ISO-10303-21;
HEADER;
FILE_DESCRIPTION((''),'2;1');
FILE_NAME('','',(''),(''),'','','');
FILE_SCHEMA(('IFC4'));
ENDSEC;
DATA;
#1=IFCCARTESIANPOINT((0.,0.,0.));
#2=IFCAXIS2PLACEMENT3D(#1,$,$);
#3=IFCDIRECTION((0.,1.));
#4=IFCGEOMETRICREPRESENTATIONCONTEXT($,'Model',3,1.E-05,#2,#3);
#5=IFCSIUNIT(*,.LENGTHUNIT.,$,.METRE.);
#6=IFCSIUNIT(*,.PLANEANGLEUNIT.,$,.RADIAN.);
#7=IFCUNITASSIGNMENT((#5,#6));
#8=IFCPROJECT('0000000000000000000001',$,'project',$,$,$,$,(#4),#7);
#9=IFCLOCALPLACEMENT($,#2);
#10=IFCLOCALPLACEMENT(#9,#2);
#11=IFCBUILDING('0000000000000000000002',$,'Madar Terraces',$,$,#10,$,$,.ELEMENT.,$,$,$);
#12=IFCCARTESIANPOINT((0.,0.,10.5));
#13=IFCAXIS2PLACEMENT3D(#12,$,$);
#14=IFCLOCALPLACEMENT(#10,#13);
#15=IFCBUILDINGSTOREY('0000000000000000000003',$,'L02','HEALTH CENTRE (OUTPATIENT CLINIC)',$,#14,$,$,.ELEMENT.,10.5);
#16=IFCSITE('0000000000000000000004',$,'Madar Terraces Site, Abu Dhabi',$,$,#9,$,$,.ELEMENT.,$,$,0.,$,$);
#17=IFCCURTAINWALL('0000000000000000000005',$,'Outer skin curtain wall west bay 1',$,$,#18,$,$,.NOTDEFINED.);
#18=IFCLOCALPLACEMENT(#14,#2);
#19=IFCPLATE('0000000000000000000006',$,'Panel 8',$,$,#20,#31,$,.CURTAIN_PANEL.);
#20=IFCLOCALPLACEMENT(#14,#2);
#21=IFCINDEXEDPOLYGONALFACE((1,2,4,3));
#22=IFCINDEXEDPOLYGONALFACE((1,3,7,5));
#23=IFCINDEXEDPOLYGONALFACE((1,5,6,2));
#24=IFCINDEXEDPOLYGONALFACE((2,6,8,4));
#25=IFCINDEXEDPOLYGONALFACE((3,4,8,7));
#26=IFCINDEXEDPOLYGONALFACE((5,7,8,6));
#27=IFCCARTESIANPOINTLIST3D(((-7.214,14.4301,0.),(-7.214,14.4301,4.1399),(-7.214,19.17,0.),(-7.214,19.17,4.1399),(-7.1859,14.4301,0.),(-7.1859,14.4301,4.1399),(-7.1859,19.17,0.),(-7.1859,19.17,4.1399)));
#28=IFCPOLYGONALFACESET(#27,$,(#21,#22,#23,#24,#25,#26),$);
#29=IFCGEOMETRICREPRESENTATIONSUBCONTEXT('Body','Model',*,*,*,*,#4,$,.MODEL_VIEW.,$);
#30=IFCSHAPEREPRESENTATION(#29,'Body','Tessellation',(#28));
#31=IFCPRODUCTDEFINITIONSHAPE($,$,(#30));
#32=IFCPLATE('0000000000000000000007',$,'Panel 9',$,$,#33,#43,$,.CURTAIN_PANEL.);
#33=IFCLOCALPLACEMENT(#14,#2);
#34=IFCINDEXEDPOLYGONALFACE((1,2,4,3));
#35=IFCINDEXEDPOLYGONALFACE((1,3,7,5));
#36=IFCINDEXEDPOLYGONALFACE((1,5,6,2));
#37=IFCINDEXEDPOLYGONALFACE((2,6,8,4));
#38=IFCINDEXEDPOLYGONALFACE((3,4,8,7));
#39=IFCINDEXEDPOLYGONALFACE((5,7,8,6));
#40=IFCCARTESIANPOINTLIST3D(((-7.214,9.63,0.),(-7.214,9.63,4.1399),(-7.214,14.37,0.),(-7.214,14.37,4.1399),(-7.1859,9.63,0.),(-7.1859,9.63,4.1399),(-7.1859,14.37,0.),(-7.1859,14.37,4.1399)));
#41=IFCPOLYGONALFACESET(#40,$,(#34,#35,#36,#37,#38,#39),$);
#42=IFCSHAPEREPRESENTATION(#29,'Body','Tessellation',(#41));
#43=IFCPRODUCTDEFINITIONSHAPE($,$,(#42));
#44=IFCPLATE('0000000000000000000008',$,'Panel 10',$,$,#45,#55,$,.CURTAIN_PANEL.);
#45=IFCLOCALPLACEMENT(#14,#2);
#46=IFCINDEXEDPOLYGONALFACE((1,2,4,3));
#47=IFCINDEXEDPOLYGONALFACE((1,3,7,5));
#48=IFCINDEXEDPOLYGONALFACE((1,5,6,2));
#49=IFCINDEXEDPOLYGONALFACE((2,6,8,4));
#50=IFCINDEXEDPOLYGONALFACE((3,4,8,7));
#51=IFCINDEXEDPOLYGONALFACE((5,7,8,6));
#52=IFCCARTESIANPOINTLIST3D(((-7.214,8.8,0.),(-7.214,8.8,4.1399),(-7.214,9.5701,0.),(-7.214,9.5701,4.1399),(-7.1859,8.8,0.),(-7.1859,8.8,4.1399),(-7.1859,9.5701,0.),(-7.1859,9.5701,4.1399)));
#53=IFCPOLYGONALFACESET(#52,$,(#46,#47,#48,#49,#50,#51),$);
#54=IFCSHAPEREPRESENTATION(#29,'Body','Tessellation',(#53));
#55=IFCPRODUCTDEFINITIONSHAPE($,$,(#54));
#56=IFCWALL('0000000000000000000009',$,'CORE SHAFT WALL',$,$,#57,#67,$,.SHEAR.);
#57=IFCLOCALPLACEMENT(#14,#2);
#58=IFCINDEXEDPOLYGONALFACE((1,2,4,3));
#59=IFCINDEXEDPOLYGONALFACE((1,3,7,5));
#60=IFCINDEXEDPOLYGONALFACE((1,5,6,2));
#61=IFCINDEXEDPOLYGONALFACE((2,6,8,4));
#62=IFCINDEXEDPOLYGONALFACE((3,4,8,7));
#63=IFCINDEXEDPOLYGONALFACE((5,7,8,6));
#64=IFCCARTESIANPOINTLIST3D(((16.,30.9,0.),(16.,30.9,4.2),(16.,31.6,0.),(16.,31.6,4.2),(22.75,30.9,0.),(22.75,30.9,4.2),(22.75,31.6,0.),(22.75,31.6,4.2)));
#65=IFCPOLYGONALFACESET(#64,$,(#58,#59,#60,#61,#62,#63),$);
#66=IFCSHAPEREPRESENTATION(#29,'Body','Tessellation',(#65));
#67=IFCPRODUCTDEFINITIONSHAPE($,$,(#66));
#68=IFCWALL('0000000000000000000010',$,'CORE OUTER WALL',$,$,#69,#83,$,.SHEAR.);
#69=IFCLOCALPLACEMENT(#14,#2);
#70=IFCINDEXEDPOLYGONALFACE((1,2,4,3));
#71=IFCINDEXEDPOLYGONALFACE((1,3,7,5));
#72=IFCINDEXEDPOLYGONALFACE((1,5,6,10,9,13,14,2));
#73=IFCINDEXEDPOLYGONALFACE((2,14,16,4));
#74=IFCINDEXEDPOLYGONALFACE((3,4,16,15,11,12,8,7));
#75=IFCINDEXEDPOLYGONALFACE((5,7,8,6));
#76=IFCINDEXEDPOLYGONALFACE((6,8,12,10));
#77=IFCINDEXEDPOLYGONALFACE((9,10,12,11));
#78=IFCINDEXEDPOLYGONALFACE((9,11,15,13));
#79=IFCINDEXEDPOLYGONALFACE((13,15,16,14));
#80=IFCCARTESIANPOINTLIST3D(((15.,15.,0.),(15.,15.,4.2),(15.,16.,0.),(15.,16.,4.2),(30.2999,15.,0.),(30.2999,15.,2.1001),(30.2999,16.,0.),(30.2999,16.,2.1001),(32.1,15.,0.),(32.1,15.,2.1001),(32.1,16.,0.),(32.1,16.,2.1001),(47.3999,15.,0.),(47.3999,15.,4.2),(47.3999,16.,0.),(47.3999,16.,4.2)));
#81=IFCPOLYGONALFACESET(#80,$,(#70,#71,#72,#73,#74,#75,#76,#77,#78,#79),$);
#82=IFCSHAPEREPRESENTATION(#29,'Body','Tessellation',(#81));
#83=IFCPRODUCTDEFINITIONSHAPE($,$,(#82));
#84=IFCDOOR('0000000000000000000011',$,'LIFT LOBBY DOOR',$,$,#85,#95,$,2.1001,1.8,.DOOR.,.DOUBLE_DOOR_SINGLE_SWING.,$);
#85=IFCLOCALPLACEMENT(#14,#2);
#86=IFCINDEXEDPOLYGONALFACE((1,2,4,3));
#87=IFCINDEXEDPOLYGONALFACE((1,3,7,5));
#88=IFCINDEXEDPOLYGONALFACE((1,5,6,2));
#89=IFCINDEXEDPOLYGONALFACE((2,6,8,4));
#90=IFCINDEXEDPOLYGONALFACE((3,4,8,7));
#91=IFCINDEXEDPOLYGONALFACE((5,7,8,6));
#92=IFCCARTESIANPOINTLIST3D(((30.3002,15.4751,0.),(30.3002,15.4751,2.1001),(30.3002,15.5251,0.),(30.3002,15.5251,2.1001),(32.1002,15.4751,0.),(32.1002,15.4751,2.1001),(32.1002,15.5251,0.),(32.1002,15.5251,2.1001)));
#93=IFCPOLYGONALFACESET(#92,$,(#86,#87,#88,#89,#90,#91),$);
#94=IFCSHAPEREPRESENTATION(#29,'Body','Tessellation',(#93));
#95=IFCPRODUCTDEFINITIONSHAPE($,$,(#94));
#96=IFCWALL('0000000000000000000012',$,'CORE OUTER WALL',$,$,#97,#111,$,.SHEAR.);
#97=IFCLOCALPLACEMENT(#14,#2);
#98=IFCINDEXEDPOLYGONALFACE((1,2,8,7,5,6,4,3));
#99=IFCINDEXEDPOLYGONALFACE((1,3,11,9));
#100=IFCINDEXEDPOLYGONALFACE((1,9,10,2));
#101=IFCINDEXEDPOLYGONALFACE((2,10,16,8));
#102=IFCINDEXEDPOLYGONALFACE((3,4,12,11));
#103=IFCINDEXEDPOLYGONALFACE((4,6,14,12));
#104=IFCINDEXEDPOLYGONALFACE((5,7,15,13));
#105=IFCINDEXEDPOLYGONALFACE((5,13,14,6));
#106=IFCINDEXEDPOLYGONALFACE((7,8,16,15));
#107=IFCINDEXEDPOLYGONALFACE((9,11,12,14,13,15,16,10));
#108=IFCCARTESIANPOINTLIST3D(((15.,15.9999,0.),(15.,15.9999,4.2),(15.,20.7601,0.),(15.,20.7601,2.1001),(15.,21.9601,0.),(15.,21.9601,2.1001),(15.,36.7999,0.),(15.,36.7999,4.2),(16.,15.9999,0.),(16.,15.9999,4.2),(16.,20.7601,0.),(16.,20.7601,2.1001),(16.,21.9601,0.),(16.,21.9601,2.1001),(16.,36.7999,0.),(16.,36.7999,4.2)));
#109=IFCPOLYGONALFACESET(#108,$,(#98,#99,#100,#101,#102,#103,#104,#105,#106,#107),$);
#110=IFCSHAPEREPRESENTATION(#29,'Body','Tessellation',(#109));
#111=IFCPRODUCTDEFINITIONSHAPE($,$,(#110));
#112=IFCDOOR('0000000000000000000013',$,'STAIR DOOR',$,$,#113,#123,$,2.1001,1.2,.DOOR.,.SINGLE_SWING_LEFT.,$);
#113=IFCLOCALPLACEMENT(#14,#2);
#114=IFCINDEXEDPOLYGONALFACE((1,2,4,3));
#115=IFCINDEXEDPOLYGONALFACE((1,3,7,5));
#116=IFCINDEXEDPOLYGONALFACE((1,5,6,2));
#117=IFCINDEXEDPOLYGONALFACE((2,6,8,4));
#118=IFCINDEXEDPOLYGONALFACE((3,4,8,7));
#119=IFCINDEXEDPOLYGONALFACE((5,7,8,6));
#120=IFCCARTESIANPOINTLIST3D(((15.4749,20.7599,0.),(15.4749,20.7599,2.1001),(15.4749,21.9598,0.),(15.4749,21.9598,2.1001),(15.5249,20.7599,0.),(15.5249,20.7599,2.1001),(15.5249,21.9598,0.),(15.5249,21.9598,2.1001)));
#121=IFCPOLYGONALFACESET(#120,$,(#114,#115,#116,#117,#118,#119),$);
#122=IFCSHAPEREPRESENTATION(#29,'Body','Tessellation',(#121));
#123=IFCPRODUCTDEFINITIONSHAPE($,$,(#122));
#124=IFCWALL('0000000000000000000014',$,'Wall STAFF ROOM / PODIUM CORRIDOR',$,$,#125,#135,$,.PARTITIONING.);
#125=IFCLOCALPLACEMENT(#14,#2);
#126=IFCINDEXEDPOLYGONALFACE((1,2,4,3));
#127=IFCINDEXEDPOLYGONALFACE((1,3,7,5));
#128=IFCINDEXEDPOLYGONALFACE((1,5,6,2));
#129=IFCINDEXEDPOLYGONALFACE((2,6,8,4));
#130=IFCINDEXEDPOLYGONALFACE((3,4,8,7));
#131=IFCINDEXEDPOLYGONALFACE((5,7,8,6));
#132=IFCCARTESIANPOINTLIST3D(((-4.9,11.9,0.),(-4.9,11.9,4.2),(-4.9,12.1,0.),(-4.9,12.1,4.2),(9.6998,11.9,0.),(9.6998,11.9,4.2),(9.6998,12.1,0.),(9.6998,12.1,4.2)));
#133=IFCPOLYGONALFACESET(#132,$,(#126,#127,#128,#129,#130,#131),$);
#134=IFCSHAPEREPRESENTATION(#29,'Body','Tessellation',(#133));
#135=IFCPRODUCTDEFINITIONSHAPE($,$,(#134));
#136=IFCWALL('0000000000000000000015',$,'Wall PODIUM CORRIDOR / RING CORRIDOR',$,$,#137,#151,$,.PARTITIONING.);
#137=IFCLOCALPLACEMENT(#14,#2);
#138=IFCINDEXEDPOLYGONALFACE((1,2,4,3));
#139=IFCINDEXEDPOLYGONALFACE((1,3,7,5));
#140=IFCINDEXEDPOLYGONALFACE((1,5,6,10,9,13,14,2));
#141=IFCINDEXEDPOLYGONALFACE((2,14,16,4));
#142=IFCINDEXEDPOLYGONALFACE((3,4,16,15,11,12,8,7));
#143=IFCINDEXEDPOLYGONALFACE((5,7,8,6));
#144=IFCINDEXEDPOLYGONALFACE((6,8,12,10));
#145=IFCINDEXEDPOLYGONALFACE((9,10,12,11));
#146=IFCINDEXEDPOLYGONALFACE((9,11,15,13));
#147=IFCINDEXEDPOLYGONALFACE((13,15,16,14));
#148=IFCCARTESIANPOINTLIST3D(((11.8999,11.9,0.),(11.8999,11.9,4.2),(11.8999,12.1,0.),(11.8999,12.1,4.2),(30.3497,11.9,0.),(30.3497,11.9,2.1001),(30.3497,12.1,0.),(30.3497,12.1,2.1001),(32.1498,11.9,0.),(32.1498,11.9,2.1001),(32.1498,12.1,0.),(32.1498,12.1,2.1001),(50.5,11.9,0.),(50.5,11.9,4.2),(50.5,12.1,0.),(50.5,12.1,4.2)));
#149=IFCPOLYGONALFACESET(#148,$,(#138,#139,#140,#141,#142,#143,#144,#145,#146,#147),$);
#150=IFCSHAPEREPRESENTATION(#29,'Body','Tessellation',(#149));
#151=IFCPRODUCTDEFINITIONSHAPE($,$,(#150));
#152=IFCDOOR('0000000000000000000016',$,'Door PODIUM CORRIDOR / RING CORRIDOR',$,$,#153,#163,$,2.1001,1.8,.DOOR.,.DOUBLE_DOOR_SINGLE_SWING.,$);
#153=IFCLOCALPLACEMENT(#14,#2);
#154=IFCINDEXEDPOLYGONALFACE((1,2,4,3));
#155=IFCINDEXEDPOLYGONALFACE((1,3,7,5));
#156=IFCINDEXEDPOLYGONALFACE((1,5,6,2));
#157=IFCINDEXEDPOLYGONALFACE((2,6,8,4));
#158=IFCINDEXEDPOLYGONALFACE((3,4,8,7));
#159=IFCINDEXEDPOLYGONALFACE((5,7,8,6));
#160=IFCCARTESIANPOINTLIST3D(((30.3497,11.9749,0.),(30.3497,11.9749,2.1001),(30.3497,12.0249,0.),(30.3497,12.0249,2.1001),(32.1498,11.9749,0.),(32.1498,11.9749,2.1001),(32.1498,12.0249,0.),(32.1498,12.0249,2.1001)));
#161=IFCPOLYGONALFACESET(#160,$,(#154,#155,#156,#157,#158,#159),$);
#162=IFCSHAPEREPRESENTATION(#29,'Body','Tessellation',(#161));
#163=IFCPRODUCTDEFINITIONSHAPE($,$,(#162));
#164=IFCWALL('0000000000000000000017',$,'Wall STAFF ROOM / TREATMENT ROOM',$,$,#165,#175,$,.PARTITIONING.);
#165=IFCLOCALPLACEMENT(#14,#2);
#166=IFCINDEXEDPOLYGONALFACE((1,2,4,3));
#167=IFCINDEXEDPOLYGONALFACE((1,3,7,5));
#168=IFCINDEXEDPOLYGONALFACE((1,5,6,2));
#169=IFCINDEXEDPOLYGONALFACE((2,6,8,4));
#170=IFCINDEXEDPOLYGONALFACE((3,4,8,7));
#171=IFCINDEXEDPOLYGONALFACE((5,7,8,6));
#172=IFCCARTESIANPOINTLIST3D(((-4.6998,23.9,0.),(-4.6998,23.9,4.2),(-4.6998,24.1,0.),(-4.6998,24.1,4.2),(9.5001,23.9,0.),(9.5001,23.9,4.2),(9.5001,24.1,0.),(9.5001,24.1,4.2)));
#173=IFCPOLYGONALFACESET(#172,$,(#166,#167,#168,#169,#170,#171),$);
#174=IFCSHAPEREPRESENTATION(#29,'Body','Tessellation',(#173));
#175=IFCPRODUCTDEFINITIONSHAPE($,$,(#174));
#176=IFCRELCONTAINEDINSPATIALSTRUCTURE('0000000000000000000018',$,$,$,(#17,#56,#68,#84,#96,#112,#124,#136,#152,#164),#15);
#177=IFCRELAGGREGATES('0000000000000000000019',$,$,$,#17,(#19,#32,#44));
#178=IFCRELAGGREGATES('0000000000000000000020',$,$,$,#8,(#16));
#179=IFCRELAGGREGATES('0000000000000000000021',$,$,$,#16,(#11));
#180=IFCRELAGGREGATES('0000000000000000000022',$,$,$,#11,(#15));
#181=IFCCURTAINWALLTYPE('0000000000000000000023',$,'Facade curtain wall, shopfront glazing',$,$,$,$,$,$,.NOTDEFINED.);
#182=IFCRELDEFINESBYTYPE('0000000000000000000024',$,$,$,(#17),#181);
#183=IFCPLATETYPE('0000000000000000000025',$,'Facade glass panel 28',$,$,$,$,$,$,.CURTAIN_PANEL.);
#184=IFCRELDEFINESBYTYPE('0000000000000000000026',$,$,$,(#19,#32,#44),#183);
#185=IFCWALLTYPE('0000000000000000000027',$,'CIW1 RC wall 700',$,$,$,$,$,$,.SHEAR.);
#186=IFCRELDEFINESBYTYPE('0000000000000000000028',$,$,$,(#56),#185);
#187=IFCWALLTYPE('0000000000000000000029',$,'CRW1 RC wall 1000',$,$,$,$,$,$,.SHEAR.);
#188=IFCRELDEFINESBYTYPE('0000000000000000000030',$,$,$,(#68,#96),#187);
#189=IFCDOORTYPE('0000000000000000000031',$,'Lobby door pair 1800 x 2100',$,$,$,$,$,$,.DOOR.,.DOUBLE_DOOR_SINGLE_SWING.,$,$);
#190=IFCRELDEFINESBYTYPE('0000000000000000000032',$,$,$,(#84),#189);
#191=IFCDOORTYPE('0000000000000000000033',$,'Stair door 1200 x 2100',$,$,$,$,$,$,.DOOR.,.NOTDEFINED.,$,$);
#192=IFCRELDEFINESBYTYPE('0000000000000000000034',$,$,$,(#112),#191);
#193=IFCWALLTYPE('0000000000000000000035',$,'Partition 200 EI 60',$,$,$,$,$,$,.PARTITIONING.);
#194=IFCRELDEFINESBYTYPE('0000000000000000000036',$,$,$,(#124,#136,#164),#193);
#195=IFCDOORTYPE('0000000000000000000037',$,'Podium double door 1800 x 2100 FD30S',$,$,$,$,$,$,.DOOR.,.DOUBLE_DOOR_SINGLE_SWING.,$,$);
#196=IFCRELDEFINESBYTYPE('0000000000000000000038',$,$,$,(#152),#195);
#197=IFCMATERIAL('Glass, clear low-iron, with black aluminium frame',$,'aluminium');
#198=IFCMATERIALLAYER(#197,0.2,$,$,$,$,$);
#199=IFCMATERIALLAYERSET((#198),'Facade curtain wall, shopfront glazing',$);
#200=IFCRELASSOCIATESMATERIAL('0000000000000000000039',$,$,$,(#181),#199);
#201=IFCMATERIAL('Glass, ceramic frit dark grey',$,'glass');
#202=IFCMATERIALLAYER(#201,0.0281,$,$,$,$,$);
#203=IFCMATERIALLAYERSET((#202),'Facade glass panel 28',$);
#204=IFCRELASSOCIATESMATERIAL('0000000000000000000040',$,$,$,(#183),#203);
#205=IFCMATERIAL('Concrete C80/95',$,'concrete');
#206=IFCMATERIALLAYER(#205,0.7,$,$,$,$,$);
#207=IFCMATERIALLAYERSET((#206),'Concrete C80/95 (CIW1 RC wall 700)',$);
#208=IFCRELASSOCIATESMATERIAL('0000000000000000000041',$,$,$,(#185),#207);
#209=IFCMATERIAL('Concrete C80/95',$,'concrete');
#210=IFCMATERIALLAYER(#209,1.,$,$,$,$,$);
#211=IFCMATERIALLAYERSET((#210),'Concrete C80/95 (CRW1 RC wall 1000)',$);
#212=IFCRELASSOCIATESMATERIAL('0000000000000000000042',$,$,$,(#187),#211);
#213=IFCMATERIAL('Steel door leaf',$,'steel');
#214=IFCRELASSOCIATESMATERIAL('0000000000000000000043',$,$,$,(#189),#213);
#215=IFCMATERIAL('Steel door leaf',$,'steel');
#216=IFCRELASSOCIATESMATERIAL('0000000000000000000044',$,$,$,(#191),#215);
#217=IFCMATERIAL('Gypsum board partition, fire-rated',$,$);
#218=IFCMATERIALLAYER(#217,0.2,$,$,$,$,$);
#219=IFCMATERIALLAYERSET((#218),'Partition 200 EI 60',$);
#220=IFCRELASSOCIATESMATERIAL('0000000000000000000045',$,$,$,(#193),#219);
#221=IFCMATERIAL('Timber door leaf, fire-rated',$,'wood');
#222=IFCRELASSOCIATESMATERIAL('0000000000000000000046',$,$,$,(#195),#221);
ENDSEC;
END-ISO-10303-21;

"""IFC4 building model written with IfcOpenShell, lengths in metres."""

from ifc_helpers import new_model, si_unit, direction, frame, frame_2d, origin, origin_2d, place, context, subcontext, project, spatial, rectangle, extrude, material, layer, layer_set, type_object, element, fill, aggregate, save


model = new_model("IFC4")

# Units and contexts
model_context = context("Model", 3, precision=1e-05, world=origin(), true_north=direction((0.0, 1.0)))
body_context = subcontext(model_context, "Body", "Model", "MODEL_VIEW")
ifc_project = project(units=[si_unit("LENGTHUNIT", "METRE"), si_unit("PLANEANGLEUNIT", "RADIAN")], contexts=[model_context])

# Site, building, storey
site_placement = place(None, origin())
site = spatial("IfcSite", under=ifc_project, at=site_placement, Name="Madar Terraces Site, Abu Dhabi", CompositionType="ELEMENT", RefElevation=0.0)
building_placement = place(site_placement, origin())
building = spatial("IfcBuilding", under=site, at=building_placement, Name="Madar Terraces", CompositionType="ELEMENT")
storey_placement = place(building_placement, frame((0.0, 0.0, 10.5)))
storey = spatial("IfcBuildingStorey", under=building, at=storey_placement, Name="L02", Description="HEALTH CENTRE (OUTPATIENT CLINIC)", CompositionType="ELEMENT", Elevation=10.5)

# Curtain wall, plates
ifc_material_1 = material(Name="Glass, clear low-iron, with black aluminium frame", Category="aluminium")
ifc_layer_1 = layer(ifc_material_1, 0.2)
ifc_layer_set_1 = layer_set([ifc_layer_1], Name="Facade curtain wall, shopfront glazing")
curtain_wall_type = type_object("IfcCurtainWallType", Name="Facade curtain wall, shopfront glazing", PredefinedType="NOTDEFINED", material=ifc_layer_set_1)
curtain_wall_placement = place(storey_placement, origin())
curtain_wall = element("IfcCurtainWall", 1, at=curtain_wall_placement, inside=storey, type_object=curtain_wall_type, Name="Outer skin curtain wall west bay 1", PredefinedType="NOTDEFINED")
ifc_material_2 = material(Name="Glass, ceramic frit dark grey", Category="glass")
ifc_layer_2 = layer(ifc_material_2, 0.0281)
ifc_layer_set_2 = layer_set([ifc_layer_2], Name="Facade glass panel 28")
plate_type = type_object("IfcPlateType", Name="Facade glass panel 28", PredefinedType="CURTAIN_PANEL", material=ifc_layer_set_2)
plate_1_placement = place(storey_placement, frame((-7.2, 16.8, 0.0), z_axis=(0.0, 0.0, 1.0), x_axis=(0.0, -1.0, 0.0)))
plate_1 = element("IfcPlate", 2, at=plate_1_placement, type_object=plate_type, Name="Panel 8", PredefinedType="CURTAIN_PANEL", context=body_context, shape_type="SweptSolid", body=[
    extrude(rectangle(XDim=4.74, YDim=0.0281, at=origin_2d()), origin(), (0.0, 0.0, 1.0), 4.1399),
])
plate_2_placement = place(storey_placement, frame((-7.2, 12.0, 0.0), z_axis=(0.0, 0.0, 1.0), x_axis=(0.0, -1.0, 0.0)))
plate_2 = element("IfcPlate", 3, at=plate_2_placement, type_object=plate_type, Name="Panel 9", PredefinedType="CURTAIN_PANEL", context=body_context, shape_type="SweptSolid", body=[
    extrude(rectangle(XDim=4.74, YDim=0.0281, at=origin_2d()), origin(), (0.0, 0.0, 1.0), 4.1399),
])
plate_3_placement = place(storey_placement, frame((-7.2, 9.1851, 0.0), z_axis=(0.0, 0.0, 1.0), x_axis=(0.0, -1.0, 0.0)))
plate_3 = element("IfcPlate", 4, at=plate_3_placement, type_object=plate_type, Name="Panel 10", PredefinedType="CURTAIN_PANEL", context=body_context, shape_type="SweptSolid", body=[
    extrude(rectangle(XDim=0.77, YDim=0.0281, at=origin_2d()), origin(), (0.0, 0.0, 1.0), 4.1399),
])
aggregate(curtain_wall, [plate_1, plate_2, plate_3])

# Wall
ifc_material_3 = material(Name="Concrete C80/95", Category="concrete")
ifc_layer_3 = layer(ifc_material_3, 0.7)
ifc_layer_set_3 = layer_set([ifc_layer_3], Name="Concrete C80/95 (CIW1 RC wall 700)")
wall_type_1 = type_object("IfcWallType", Name="CIW1 RC wall 700", PredefinedType="SHEAR", material=ifc_layer_set_3)
wall_1_placement = place(storey_placement, frame((16.0, 31.25, 0.0), z_axis=(0.0, 0.0, 1.0), x_axis=(1.0, 0.0, 0.0)))
element("IfcWall", 5, at=wall_1_placement, inside=storey, type_object=wall_type_1, Name="CORE SHAFT WALL", PredefinedType="SHEAR", context=body_context, shape_type="SweptSolid", body=[
    extrude(rectangle(XDim=6.75, YDim=0.7, at=frame_2d((3.375, 0.0))), origin(), (0.0, 0.0, 1.0), 4.2),
])

# Walls, openings, doors
ifc_material_4 = material(Name="Concrete C80/95", Category="concrete")
ifc_layer_4 = layer(ifc_material_4, 1.0)
ifc_layer_set_4 = layer_set([ifc_layer_4], Name="Concrete C80/95 (CRW1 RC wall 1000)")
wall_type_2 = type_object("IfcWallType", Name="CRW1 RC wall 1000", PredefinedType="SHEAR", material=ifc_layer_set_4)
wall_2_placement = place(storey_placement, frame((15.0, 15.5, 0.0), z_axis=(0.0, 0.0, 1.0), x_axis=(1.0, 0.0, 0.0)))
wall_2 = element("IfcWall", 6, at=wall_2_placement, inside=storey, type_object=wall_type_2, Name="CORE OUTER WALL", PredefinedType="SHEAR", context=body_context, shape_type="SweptSolid", body=[
    extrude(rectangle(XDim=32.3999, YDim=1.0, at=frame_2d((16.2, 0.0))), origin(), (0.0, 0.0, 1.0), 4.2),
])
opening_1_placement = place(wall_2_placement, frame((15.3, 0.0, 0.0)))
opening_1 = element("IfcOpeningElement", 7, at=opening_1_placement, cuts=wall_2, PredefinedType="OPENING", context=body_context, shape_type="SweptSolid", body=[
    extrude(rectangle(XDim=1.8, YDim=2.1001, at=frame_2d((0.8999, 1.05))), frame((0.0, 0.51, 0.0), z_axis=(0.0, -1.0, 0.0), x_axis=(1.0, 0.0, 0.0)), (0.0, 0.0, 1.0), 1.02),
])
ifc_material_5 = material(Name="Steel door leaf", Category="steel")
door_type_1 = type_object("IfcDoorType", Name="Lobby door pair 1800 x 2100", OperationType="DOUBLE_DOOR_SINGLE_SWING", PredefinedType="DOOR", material=ifc_material_5)
door_1_placement = place(opening_1_placement, frame((1.8, 0.0, 0.0), z_axis=(0.0, 0.0, 1.0), x_axis=(-1.0, 0.0, 0.0)))
door_1 = element("IfcDoor", 8, at=door_1_placement, inside=storey, type_object=door_type_1, Name="LIFT LOBBY DOOR", OperationType="DOUBLE_DOOR_SINGLE_SWING", OverallHeight=2.1001, OverallWidth=1.8, PredefinedType="DOOR", context=body_context, shape_type="SweptSolid", body=[
    extrude(rectangle(XDim=1.8, YDim=2.1001, at=frame_2d((0.8999, 1.05))), frame((0.0, 0.0249, 0.0), z_axis=(0.0, -1.0, 0.0), x_axis=(1.0, 0.0, 0.0)), (0.0, 0.0, 1.0), 0.05),
])
fill(opening_1, door_1)
wall_3_placement = place(storey_placement, frame((15.5, 16.0, 0.0), z_axis=(0.0, 0.0, 1.0), x_axis=(0.0, 1.0, 0.0)))
wall_3 = element("IfcWall", 9, at=wall_3_placement, inside=storey, type_object=wall_type_2, Name="CORE OUTER WALL", PredefinedType="SHEAR", context=body_context, shape_type="SweptSolid", body=[
    extrude(rectangle(XDim=20.8, YDim=1.0, at=frame_2d((10.3999, 0.0))), origin(), (0.0, 0.0, 1.0), 4.2),
])
opening_2_placement = place(wall_3_placement, frame((4.76, 0.0, 0.0)))
opening_2 = element("IfcOpeningElement", 10, at=opening_2_placement, cuts=wall_3, PredefinedType="OPENING", context=body_context, shape_type="SweptSolid", body=[
    extrude(rectangle(XDim=1.2, YDim=2.1001, at=frame_2d((0.6001, 1.05))), frame((0.0, 0.51, 0.0), z_axis=(0.0, -1.0, 0.0), x_axis=(1.0, 0.0, 0.0)), (0.0, 0.0, 1.0), 1.02),
])
ifc_material_6 = material(Name="Steel door leaf", Category="steel")
door_type_2 = type_object("IfcDoorType", Name="Stair door 1200 x 2100", OperationType="NOTDEFINED", PredefinedType="DOOR", material=ifc_material_6)
door_2_placement = place(opening_2_placement, frame((1.2, 0.0, 0.0), z_axis=(0.0, 0.0, 1.0), x_axis=(-1.0, 0.0, 0.0)))
door_2 = element("IfcDoor", 11, at=door_2_placement, inside=storey, type_object=door_type_2, Name="STAIR DOOR", OperationType="SINGLE_SWING_LEFT", OverallHeight=2.1001, OverallWidth=1.2, PredefinedType="DOOR", context=body_context, shape_type="SweptSolid", body=[
    extrude(rectangle(XDim=1.2, YDim=2.1001, at=frame_2d((0.6001, 1.05))), frame((0.0, 0.0249, 0.0), z_axis=(0.0, -1.0, 0.0), x_axis=(1.0, 0.0, 0.0)), (0.0, 0.0, 1.0), 0.05),
])
fill(opening_2, door_2)

# Wall
ifc_material_7 = material(Name="Gypsum board partition, fire-rated")
ifc_layer_5 = layer(ifc_material_7, 0.2)
ifc_layer_set_5 = layer_set([ifc_layer_5], Name="Partition 200 EI 60")
wall_type_3 = type_object("IfcWallType", Name="Partition 200 EI 60", PredefinedType="PARTITIONING", material=ifc_layer_set_5)
wall_4_placement = place(storey_placement, frame((-4.8999, 12.0, 0.0), z_axis=(0.0, 0.0, 1.0), x_axis=(1.0, 0.0, 0.0)))
element("IfcWall", 12, at=wall_4_placement, inside=storey, type_object=wall_type_3, Name="Wall STAFF ROOM / PODIUM CORRIDOR", PredefinedType="PARTITIONING", context=body_context, shape_type="SweptSolid", body=[
    extrude(rectangle(XDim=14.5999, YDim=0.2, at=frame_2d((7.2998, 0.0))), origin(), (0.0, 0.0, 1.0), 4.2),
])

# Wall, opening, door
wall_5_placement = place(storey_placement, frame((11.8999, 12.0, 0.0), z_axis=(0.0, 0.0, 1.0), x_axis=(1.0, 0.0, 0.0)))
wall_5 = element("IfcWall", 13, at=wall_5_placement, inside=storey, type_object=wall_type_3, Name="Wall PODIUM CORRIDOR / RING CORRIDOR", PredefinedType="PARTITIONING", context=body_context, shape_type="SweptSolid", body=[
    extrude(rectangle(XDim=38.6001, YDim=0.2, at=frame_2d((19.3, 0.0))), origin(), (0.0, 0.0, 1.0), 4.2),
])
opening_3_placement = place(wall_5_placement, frame((18.45, 0.0, 0.0)))
opening_3 = element("IfcOpeningElement", 14, at=opening_3_placement, cuts=wall_5, PredefinedType="OPENING", context=body_context, shape_type="SweptSolid", body=[
    extrude(rectangle(XDim=1.8, YDim=2.1001, at=frame_2d((0.8999, 1.05))), frame((0.0, 0.1099, 0.0), z_axis=(0.0, -1.0, 0.0), x_axis=(1.0, 0.0, 0.0)), (0.0, 0.0, 1.0), 0.22),
])
ifc_material_8 = material(Name="Timber door leaf, fire-rated", Category="wood")
door_type_3 = type_object("IfcDoorType", Name="Podium double door 1800 x 2100 FD30S", OperationType="DOUBLE_DOOR_SINGLE_SWING", PredefinedType="DOOR", material=ifc_material_8)
door_3_placement = place(opening_3_placement, origin())
door_3 = element("IfcDoor", 15, at=door_3_placement, inside=storey, type_object=door_type_3, Name="Door PODIUM CORRIDOR / RING CORRIDOR", OperationType="DOUBLE_DOOR_SINGLE_SWING", OverallHeight=2.1001, OverallWidth=1.8, PredefinedType="DOOR", context=body_context, shape_type="SweptSolid", body=[
    extrude(rectangle(XDim=1.8, YDim=2.1001, at=frame_2d((0.8999, 1.05))), frame((0.0, 0.0249, 0.0), z_axis=(0.0, -1.0, 0.0), x_axis=(1.0, 0.0, 0.0)), (0.0, 0.0, 1.0), 0.05),
])
fill(opening_3, door_3)

# Wall
wall_6_placement = place(storey_placement, frame((-4.7, 24.0, 0.0), z_axis=(0.0, 0.0, 1.0), x_axis=(1.0, 0.0, 0.0)))
element("IfcWall", 16, at=wall_6_placement, inside=storey, type_object=wall_type_3, Name="Wall STAFF ROOM / TREATMENT ROOM", PredefinedType="PARTITIONING", context=body_context, shape_type="SweptSolid", body=[
    extrude(rectangle(XDim=14.2, YDim=0.2, at=frame_2d((7.1001, 0.0))), origin(), (0.0, 0.0, 1.0), 4.2),
])

save(model, "model.ifc")
